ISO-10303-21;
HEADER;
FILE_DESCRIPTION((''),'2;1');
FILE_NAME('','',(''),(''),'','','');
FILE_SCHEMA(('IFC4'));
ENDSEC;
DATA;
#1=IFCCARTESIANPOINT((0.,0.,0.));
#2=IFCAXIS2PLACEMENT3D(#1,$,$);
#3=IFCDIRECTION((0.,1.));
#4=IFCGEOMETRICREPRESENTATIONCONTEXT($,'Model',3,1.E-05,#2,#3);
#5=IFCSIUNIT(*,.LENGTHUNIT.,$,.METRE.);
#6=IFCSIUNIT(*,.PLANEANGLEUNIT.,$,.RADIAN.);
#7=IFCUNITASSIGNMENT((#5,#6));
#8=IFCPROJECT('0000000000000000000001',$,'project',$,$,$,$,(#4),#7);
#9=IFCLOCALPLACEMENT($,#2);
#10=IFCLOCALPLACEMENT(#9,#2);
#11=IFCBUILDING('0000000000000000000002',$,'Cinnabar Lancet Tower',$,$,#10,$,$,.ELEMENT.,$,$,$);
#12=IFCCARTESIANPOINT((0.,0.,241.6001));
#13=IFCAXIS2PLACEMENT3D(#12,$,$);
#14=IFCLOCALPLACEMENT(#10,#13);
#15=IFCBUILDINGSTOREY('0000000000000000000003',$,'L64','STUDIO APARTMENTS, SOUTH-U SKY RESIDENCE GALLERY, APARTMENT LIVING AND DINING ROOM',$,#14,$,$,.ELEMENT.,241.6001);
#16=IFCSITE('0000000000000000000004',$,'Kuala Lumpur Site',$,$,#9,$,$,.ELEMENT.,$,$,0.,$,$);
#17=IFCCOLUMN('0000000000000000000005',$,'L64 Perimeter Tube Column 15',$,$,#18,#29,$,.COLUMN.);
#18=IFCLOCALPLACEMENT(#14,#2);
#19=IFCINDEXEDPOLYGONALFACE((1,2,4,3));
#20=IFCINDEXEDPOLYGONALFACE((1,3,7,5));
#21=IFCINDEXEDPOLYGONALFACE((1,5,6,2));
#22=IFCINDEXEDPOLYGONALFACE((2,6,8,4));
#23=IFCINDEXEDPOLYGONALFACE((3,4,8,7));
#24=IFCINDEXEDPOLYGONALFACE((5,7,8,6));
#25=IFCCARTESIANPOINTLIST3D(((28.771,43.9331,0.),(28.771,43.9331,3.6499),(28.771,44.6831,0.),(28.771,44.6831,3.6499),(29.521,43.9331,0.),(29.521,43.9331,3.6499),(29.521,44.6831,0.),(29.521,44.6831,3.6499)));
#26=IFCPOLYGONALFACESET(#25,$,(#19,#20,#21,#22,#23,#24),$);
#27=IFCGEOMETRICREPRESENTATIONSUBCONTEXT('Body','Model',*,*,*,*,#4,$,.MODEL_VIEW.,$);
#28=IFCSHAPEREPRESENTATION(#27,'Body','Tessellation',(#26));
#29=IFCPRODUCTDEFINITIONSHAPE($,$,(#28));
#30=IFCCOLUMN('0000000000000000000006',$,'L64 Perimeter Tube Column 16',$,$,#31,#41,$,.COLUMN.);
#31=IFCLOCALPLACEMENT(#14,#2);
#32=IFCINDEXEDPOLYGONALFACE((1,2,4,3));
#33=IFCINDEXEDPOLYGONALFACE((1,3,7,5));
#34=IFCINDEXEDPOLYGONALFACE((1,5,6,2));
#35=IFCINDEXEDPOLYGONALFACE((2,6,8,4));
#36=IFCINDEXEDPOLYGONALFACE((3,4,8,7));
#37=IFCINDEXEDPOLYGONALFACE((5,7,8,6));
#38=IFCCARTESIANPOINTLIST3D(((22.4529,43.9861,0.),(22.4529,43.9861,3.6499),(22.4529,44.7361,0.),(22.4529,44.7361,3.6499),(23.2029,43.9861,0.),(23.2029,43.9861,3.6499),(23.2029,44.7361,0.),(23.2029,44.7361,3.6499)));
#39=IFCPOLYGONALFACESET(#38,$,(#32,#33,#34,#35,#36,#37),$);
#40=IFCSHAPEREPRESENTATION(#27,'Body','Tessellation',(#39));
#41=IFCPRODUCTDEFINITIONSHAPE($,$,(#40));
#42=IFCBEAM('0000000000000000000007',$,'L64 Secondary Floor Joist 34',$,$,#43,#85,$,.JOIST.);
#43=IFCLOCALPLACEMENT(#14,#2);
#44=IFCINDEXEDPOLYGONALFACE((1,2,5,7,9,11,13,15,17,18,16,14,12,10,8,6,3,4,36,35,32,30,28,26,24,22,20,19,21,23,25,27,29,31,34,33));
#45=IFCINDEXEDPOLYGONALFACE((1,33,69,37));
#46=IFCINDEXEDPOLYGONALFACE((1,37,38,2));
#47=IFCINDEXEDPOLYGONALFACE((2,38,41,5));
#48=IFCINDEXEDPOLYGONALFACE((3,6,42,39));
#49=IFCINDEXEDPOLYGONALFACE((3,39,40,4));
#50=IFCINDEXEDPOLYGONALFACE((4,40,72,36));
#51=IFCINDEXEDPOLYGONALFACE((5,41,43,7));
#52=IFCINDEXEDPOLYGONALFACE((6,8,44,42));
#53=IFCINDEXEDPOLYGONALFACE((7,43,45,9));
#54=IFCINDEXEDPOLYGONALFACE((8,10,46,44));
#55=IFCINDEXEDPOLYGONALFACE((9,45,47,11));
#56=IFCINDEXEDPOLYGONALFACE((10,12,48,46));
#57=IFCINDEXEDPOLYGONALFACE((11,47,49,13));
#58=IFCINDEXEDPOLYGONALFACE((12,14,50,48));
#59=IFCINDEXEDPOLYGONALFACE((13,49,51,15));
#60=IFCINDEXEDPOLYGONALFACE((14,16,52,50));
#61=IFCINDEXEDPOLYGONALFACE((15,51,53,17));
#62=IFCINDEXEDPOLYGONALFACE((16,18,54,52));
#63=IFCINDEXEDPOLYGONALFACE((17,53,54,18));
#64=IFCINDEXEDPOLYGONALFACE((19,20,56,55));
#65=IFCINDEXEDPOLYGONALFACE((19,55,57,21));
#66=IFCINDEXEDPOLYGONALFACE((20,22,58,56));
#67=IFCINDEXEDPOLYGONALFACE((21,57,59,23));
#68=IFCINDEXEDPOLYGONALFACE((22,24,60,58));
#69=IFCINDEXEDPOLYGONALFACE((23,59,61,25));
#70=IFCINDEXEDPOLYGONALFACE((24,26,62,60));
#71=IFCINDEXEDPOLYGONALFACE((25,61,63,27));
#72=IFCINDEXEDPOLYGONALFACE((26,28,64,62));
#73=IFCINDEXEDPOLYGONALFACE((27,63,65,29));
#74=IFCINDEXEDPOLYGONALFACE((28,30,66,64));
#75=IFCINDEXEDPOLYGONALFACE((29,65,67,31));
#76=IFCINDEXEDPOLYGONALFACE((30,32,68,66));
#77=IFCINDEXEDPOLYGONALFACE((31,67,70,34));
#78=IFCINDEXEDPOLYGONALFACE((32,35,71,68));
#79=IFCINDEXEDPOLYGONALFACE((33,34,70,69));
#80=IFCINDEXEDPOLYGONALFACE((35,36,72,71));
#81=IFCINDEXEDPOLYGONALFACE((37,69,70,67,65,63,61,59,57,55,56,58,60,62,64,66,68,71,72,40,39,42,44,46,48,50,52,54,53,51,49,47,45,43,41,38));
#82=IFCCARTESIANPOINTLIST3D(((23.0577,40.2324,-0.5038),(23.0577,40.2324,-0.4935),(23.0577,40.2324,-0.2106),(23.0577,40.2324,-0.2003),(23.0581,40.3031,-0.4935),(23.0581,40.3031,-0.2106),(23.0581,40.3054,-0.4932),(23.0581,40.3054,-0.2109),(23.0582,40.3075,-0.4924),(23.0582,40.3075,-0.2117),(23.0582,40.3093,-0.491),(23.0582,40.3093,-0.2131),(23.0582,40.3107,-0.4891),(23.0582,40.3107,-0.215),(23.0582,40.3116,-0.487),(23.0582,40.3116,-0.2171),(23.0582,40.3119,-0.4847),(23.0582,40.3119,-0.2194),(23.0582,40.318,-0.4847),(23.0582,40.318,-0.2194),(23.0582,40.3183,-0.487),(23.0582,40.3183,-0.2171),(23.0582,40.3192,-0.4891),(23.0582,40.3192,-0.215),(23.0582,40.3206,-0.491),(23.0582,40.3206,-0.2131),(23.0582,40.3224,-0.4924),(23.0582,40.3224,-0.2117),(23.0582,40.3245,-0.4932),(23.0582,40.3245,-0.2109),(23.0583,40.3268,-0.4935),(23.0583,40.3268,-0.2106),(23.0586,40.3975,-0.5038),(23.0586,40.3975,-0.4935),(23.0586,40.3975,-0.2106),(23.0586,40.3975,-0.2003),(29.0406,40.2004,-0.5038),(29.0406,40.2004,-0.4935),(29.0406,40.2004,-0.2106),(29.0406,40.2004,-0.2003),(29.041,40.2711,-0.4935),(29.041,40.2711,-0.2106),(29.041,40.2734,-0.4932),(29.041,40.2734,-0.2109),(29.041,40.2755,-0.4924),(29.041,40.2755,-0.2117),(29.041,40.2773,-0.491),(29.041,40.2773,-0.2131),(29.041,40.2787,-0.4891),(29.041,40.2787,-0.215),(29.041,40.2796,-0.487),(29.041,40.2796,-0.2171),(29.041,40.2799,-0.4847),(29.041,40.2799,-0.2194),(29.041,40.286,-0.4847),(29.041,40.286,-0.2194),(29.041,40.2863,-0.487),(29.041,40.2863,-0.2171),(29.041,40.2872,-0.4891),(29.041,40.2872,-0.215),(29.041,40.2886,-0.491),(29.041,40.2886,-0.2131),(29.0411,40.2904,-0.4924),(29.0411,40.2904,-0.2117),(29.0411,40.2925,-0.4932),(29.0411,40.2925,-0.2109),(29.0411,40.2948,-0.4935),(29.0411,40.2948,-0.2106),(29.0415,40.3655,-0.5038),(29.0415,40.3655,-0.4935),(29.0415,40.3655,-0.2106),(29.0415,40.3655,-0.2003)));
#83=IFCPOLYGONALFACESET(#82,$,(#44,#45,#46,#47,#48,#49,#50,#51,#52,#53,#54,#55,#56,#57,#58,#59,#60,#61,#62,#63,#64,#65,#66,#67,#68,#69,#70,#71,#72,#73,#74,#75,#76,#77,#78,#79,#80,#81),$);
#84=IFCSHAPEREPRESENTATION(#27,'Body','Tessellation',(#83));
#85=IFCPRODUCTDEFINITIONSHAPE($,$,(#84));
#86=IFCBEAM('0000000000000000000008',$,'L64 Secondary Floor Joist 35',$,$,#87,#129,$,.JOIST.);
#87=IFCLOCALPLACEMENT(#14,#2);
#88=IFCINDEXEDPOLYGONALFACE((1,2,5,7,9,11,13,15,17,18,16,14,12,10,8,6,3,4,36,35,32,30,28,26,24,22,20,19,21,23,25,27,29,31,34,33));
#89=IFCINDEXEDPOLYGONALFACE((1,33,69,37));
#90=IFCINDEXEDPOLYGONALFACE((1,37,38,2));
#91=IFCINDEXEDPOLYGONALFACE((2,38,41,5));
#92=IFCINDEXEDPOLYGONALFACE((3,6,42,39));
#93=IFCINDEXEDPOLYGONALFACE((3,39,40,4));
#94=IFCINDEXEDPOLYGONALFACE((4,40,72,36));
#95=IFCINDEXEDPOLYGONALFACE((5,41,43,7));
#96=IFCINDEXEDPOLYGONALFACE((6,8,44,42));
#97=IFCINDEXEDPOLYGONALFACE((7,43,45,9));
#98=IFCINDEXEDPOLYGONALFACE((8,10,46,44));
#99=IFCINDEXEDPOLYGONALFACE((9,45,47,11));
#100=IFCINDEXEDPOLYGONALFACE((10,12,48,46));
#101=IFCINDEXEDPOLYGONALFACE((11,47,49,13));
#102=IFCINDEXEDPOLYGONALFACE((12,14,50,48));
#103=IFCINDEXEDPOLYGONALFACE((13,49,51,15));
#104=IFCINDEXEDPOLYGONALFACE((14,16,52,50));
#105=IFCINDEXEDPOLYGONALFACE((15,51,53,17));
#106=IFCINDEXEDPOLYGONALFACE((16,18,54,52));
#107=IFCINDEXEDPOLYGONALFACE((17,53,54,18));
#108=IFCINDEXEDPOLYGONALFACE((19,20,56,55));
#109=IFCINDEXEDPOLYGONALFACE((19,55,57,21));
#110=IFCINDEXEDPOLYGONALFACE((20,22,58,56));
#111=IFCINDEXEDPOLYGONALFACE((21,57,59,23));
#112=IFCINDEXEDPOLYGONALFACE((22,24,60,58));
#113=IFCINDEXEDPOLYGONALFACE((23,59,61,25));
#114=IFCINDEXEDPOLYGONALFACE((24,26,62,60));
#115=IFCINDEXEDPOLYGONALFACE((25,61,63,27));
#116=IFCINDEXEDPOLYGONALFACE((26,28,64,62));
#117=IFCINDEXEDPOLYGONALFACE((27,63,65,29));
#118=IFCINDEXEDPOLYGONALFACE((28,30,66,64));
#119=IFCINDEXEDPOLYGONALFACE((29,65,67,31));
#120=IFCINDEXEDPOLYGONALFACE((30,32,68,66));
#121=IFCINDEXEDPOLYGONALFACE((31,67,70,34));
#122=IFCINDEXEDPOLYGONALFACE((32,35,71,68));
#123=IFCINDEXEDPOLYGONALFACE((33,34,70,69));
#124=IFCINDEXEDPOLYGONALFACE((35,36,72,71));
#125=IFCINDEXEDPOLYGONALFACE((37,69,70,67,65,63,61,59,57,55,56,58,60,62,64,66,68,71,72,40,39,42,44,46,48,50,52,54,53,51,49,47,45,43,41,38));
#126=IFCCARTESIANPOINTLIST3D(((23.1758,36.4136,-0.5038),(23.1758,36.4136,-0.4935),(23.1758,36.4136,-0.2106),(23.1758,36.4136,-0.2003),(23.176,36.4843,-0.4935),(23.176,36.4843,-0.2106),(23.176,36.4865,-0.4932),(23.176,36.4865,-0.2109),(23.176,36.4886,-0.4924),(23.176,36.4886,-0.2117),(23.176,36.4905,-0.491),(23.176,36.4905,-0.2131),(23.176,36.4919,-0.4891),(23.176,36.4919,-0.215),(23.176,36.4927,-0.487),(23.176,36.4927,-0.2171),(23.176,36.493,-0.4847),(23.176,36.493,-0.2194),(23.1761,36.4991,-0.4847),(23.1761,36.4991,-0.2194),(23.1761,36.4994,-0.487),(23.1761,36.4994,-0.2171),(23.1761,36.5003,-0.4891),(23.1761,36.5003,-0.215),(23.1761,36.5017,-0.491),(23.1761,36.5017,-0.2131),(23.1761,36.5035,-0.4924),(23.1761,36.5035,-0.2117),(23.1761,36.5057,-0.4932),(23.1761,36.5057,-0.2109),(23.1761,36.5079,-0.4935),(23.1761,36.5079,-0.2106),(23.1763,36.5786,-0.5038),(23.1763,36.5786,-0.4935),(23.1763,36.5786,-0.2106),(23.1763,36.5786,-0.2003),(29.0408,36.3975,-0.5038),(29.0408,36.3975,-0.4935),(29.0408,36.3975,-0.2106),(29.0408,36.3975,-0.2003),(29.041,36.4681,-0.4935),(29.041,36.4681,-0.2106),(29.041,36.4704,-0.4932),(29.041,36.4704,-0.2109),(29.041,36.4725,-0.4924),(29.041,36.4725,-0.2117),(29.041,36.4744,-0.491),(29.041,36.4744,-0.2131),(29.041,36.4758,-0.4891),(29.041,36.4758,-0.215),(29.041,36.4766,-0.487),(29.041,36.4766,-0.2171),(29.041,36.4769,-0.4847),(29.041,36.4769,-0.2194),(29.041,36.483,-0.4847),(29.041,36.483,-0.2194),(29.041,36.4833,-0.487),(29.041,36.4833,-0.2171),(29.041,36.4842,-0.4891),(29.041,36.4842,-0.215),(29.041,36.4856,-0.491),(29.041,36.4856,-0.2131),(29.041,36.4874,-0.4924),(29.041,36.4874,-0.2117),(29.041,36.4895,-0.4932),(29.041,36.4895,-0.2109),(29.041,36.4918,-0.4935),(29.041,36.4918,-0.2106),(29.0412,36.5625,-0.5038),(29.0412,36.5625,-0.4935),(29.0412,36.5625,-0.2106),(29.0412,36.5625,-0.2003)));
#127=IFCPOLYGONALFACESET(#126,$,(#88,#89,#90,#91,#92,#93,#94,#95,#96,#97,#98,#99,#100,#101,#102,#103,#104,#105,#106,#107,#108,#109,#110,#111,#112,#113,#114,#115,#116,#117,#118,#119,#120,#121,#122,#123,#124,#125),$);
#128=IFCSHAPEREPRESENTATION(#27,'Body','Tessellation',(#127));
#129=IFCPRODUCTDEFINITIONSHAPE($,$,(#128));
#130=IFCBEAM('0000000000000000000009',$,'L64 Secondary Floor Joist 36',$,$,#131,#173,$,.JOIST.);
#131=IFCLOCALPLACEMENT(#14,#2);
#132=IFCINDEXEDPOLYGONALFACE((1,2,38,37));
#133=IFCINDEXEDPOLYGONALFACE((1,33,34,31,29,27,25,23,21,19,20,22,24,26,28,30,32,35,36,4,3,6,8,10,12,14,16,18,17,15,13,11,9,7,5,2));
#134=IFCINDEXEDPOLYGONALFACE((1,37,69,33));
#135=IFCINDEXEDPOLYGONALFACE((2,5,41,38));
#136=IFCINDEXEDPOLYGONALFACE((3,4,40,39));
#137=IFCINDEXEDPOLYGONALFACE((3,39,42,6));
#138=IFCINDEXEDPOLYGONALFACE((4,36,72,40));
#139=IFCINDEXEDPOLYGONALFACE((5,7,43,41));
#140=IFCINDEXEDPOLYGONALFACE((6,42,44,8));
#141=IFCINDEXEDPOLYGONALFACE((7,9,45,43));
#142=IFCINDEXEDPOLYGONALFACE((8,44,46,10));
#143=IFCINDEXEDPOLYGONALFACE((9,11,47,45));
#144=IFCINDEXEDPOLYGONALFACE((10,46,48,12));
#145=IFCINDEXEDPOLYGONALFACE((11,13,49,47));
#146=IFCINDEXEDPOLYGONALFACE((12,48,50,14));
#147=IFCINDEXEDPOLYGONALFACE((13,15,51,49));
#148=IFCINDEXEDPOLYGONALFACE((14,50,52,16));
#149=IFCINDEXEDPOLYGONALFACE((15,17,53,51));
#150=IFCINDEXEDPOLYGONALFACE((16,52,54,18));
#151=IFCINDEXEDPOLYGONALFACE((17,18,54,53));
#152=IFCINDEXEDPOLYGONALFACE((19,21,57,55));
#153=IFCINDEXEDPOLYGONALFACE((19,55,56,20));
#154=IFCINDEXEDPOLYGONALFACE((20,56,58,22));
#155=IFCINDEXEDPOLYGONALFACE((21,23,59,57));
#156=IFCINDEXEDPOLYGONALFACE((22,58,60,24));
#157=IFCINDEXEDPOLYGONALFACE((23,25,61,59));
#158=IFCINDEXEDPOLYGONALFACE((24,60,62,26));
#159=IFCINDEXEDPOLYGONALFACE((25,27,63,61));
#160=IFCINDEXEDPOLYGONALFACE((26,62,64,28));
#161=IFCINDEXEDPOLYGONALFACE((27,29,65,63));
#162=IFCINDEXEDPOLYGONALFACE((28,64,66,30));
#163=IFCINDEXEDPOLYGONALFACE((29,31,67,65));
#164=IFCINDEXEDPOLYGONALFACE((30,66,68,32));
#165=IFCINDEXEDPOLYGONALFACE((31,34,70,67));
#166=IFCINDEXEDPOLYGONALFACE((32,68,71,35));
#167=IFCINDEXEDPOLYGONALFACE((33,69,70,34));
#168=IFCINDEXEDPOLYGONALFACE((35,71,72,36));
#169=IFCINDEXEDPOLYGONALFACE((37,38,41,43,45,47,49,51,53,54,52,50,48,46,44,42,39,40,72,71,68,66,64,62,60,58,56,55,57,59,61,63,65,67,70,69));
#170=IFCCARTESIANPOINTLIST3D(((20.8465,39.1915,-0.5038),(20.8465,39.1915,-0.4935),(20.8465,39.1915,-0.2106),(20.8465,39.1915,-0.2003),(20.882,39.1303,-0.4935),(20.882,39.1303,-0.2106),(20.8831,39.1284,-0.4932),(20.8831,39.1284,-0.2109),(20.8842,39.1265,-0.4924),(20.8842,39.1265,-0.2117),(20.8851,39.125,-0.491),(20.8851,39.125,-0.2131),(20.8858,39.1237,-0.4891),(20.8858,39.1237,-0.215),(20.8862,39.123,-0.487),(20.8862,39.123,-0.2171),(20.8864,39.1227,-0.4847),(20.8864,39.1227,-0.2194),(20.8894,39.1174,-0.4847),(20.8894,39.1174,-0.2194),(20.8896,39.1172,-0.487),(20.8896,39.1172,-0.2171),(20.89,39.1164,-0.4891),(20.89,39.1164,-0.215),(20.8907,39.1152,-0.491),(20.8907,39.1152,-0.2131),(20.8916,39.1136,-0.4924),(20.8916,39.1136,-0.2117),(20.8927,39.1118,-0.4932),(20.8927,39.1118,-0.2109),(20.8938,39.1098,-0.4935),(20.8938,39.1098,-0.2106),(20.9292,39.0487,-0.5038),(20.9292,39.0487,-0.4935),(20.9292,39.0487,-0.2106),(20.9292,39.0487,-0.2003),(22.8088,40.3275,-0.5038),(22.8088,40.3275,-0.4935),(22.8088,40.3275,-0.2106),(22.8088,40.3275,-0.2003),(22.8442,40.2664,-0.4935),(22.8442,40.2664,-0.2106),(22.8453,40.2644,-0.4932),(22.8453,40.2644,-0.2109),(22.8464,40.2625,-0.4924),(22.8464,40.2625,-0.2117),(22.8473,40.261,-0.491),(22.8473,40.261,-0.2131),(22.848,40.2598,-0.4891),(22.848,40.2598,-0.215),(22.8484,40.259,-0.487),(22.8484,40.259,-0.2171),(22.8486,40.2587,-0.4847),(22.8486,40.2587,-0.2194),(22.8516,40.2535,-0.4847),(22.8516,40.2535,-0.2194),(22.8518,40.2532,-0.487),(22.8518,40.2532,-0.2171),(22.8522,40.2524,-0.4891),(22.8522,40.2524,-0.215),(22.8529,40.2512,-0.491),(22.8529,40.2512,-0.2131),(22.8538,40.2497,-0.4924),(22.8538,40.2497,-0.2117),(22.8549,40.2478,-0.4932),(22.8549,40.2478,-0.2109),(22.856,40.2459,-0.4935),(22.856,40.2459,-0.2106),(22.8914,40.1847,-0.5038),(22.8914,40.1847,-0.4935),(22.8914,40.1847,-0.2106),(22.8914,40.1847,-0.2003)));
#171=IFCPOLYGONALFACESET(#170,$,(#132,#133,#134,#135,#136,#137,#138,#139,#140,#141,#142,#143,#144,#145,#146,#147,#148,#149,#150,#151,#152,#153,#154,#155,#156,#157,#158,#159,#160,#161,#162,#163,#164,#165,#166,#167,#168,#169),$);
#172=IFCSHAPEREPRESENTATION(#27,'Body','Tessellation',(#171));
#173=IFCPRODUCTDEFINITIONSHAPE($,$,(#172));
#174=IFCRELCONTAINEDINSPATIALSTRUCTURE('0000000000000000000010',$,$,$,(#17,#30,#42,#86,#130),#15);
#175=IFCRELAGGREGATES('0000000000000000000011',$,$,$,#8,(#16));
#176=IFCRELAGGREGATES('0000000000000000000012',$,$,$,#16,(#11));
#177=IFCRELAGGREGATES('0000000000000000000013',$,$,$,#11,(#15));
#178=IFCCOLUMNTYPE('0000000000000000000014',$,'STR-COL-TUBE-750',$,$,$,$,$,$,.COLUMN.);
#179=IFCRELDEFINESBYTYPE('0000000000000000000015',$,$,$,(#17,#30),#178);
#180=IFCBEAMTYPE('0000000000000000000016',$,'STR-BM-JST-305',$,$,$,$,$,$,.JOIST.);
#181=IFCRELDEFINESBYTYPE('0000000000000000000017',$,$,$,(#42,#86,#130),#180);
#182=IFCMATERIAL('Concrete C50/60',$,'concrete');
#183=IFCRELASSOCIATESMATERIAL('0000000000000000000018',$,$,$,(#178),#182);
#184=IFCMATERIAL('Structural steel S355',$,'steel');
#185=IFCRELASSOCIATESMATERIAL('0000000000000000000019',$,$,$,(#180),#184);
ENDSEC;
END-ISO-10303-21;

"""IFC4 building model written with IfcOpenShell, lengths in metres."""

from ifc_helpers import new_model, si_unit, direction, frame, origin, origin_2d, place, context, subcontext, project, spatial, rectangle, i_section, extrude, material, material_profile, profile_set, type_object, element, save


model = new_model("IFC4")

# Units and contexts
model_context = context("Model", 3, precision=1e-05, world=origin(), true_north=direction((0.0, 1.0)))
body_context = subcontext(model_context, "Body", "Model", "MODEL_VIEW")
ifc_project = project(units=[si_unit("LENGTHUNIT", "METRE"), si_unit("PLANEANGLEUNIT", "RADIAN")], contexts=[model_context])

# Site, building, storey
site_placement = place(None, origin())
site = spatial("IfcSite", under=ifc_project, at=site_placement, Name="Kuala Lumpur Site", CompositionType="ELEMENT", RefElevation=0.0)
building_placement = place(site_placement, origin())
building = spatial("IfcBuilding", under=site, at=building_placement, Name="Cinnabar Lancet Tower", CompositionType="ELEMENT")
storey_placement = place(building_placement, frame((0.0, 0.0, 241.6001)))
storey = spatial("IfcBuildingStorey", under=building, at=storey_placement, Name="L64", Description="STUDIO APARTMENTS, SOUTH-U SKY RESIDENCE GALLERY, APARTMENT LIVING AND DINING ROOM", CompositionType="ELEMENT", Elevation=241.6001)

# Columns
ifc_material_1 = material(Name="Concrete C50/60", Category="concrete")
ifc_material_profile_1 = material_profile(ifc_material_1, rectangle(XDim=0.75, YDim=0.75, at=origin_2d()), Name="RC-COL 750x750")
ifc_profile_set_1 = profile_set([ifc_material_profile_1], Name="Concrete C50/60")
column_type = type_object("IfcColumnType", Name="STR-COL-TUBE-750", PredefinedType="COLUMN", material=ifc_profile_set_1)
for number, where, z_axis, x_axis, name in (
    (1, (29.146, 44.3081, 0.0), (0.0, 0.0, 1.0), (1.0, 0.0, 0.0), "L64 Perimeter Tube Column 15"),
    (2, (22.8279, 44.3611, 0.0), (0.0, 0.0, 1.0), (1.0, 0.0, 0.0), "L64 Perimeter Tube Column 16"),
):
    element("IfcColumn", number, at=place(storey_placement, frame(where, z_axis=z_axis, x_axis=x_axis)), inside=storey, type_object=column_type, Name=name, PredefinedType="COLUMN", context=body_context, shape_type="SweptSolid", body=[
        extrude(rectangle(XDim=0.75, YDim=0.75, at=origin_2d()), origin(), (0.0, 0.0, 1.0), 3.6499),
    ])

# Beams
ifc_material_2 = material(Name="Structural steel S355", Category="steel")
ifc_material_profile_2 = material_profile(ifc_material_2, i_section(OverallWidth=0.165, OverallDepth=0.3035, WebThickness=0.0061, FlangeThickness=0.0103, FilletRadius=0.0088, at=origin_2d()), Name="UKB 305x165x40")
ifc_profile_set_2 = profile_set([ifc_material_profile_2], Name="Structural steel S355")
beam_type_1 = type_object("IfcBeamType", Name="STR-BM-JST-305", PredefinedType="JOIST", material=ifc_profile_set_2)
beam_1_placement = place(storey_placement, frame((29.041, 40.283, -0.3521), z_axis=(-0.999986, 0.005346, 0.0), x_axis=(-0.005346, -0.999986, 0.0)))
element("IfcBeam", 3, at=beam_1_placement, inside=storey, type_object=beam_type_1, Name="L64 Secondary Floor Joist 34", PredefinedType="JOIST", context=body_context, shape_type="SweptSolid", body=[
    extrude(i_section(OverallWidth=0.165, OverallDepth=0.3035, WebThickness=0.0061, FlangeThickness=0.0103, FilletRadius=0.0088, at=origin_2d()), origin(), (0.0, 0.0, 1.0), 5.9829),
])
beam_2_placement = place(storey_placement, frame((29.041, 36.48, -0.3521), z_axis=(-0.999996, 0.002747, 0.0), x_axis=(-0.002747, -0.999996, 0.0)))
element("IfcBeam", 4, at=beam_2_placement, inside=storey, type_object=beam_type_1, Name="L64 Secondary Floor Joist 35", PredefinedType="JOIST", context=body_context, shape_type="SweptSolid", body=[
    extrude(i_section(OverallWidth=0.165, OverallDepth=0.3035, WebThickness=0.0061, FlangeThickness=0.0103, FilletRadius=0.0088, at=origin_2d()), origin(), (0.0, 0.0, 1.0), 5.865),
])
beam_3_placement = place(storey_placement, frame((22.8501, 40.2561, -0.3521), z_axis=(-0.865426, -0.501036, 0.0), x_axis=(0.501036, -0.865426, 0.0)))
element("IfcBeam", 5, at=beam_3_placement, inside=storey, type_object=beam_type_1, Name="L64 Secondary Floor Joist 36", PredefinedType="JOIST", context=body_context, shape_type="SweptSolid", body=[
    extrude(i_section(OverallWidth=0.165, OverallDepth=0.3035, WebThickness=0.0061, FlangeThickness=0.0103, FilletRadius=0.0088, at=origin_2d()), origin(), (0.0, 0.0, 1.0), 2.2673),
])

save(model, "model.ifc")
